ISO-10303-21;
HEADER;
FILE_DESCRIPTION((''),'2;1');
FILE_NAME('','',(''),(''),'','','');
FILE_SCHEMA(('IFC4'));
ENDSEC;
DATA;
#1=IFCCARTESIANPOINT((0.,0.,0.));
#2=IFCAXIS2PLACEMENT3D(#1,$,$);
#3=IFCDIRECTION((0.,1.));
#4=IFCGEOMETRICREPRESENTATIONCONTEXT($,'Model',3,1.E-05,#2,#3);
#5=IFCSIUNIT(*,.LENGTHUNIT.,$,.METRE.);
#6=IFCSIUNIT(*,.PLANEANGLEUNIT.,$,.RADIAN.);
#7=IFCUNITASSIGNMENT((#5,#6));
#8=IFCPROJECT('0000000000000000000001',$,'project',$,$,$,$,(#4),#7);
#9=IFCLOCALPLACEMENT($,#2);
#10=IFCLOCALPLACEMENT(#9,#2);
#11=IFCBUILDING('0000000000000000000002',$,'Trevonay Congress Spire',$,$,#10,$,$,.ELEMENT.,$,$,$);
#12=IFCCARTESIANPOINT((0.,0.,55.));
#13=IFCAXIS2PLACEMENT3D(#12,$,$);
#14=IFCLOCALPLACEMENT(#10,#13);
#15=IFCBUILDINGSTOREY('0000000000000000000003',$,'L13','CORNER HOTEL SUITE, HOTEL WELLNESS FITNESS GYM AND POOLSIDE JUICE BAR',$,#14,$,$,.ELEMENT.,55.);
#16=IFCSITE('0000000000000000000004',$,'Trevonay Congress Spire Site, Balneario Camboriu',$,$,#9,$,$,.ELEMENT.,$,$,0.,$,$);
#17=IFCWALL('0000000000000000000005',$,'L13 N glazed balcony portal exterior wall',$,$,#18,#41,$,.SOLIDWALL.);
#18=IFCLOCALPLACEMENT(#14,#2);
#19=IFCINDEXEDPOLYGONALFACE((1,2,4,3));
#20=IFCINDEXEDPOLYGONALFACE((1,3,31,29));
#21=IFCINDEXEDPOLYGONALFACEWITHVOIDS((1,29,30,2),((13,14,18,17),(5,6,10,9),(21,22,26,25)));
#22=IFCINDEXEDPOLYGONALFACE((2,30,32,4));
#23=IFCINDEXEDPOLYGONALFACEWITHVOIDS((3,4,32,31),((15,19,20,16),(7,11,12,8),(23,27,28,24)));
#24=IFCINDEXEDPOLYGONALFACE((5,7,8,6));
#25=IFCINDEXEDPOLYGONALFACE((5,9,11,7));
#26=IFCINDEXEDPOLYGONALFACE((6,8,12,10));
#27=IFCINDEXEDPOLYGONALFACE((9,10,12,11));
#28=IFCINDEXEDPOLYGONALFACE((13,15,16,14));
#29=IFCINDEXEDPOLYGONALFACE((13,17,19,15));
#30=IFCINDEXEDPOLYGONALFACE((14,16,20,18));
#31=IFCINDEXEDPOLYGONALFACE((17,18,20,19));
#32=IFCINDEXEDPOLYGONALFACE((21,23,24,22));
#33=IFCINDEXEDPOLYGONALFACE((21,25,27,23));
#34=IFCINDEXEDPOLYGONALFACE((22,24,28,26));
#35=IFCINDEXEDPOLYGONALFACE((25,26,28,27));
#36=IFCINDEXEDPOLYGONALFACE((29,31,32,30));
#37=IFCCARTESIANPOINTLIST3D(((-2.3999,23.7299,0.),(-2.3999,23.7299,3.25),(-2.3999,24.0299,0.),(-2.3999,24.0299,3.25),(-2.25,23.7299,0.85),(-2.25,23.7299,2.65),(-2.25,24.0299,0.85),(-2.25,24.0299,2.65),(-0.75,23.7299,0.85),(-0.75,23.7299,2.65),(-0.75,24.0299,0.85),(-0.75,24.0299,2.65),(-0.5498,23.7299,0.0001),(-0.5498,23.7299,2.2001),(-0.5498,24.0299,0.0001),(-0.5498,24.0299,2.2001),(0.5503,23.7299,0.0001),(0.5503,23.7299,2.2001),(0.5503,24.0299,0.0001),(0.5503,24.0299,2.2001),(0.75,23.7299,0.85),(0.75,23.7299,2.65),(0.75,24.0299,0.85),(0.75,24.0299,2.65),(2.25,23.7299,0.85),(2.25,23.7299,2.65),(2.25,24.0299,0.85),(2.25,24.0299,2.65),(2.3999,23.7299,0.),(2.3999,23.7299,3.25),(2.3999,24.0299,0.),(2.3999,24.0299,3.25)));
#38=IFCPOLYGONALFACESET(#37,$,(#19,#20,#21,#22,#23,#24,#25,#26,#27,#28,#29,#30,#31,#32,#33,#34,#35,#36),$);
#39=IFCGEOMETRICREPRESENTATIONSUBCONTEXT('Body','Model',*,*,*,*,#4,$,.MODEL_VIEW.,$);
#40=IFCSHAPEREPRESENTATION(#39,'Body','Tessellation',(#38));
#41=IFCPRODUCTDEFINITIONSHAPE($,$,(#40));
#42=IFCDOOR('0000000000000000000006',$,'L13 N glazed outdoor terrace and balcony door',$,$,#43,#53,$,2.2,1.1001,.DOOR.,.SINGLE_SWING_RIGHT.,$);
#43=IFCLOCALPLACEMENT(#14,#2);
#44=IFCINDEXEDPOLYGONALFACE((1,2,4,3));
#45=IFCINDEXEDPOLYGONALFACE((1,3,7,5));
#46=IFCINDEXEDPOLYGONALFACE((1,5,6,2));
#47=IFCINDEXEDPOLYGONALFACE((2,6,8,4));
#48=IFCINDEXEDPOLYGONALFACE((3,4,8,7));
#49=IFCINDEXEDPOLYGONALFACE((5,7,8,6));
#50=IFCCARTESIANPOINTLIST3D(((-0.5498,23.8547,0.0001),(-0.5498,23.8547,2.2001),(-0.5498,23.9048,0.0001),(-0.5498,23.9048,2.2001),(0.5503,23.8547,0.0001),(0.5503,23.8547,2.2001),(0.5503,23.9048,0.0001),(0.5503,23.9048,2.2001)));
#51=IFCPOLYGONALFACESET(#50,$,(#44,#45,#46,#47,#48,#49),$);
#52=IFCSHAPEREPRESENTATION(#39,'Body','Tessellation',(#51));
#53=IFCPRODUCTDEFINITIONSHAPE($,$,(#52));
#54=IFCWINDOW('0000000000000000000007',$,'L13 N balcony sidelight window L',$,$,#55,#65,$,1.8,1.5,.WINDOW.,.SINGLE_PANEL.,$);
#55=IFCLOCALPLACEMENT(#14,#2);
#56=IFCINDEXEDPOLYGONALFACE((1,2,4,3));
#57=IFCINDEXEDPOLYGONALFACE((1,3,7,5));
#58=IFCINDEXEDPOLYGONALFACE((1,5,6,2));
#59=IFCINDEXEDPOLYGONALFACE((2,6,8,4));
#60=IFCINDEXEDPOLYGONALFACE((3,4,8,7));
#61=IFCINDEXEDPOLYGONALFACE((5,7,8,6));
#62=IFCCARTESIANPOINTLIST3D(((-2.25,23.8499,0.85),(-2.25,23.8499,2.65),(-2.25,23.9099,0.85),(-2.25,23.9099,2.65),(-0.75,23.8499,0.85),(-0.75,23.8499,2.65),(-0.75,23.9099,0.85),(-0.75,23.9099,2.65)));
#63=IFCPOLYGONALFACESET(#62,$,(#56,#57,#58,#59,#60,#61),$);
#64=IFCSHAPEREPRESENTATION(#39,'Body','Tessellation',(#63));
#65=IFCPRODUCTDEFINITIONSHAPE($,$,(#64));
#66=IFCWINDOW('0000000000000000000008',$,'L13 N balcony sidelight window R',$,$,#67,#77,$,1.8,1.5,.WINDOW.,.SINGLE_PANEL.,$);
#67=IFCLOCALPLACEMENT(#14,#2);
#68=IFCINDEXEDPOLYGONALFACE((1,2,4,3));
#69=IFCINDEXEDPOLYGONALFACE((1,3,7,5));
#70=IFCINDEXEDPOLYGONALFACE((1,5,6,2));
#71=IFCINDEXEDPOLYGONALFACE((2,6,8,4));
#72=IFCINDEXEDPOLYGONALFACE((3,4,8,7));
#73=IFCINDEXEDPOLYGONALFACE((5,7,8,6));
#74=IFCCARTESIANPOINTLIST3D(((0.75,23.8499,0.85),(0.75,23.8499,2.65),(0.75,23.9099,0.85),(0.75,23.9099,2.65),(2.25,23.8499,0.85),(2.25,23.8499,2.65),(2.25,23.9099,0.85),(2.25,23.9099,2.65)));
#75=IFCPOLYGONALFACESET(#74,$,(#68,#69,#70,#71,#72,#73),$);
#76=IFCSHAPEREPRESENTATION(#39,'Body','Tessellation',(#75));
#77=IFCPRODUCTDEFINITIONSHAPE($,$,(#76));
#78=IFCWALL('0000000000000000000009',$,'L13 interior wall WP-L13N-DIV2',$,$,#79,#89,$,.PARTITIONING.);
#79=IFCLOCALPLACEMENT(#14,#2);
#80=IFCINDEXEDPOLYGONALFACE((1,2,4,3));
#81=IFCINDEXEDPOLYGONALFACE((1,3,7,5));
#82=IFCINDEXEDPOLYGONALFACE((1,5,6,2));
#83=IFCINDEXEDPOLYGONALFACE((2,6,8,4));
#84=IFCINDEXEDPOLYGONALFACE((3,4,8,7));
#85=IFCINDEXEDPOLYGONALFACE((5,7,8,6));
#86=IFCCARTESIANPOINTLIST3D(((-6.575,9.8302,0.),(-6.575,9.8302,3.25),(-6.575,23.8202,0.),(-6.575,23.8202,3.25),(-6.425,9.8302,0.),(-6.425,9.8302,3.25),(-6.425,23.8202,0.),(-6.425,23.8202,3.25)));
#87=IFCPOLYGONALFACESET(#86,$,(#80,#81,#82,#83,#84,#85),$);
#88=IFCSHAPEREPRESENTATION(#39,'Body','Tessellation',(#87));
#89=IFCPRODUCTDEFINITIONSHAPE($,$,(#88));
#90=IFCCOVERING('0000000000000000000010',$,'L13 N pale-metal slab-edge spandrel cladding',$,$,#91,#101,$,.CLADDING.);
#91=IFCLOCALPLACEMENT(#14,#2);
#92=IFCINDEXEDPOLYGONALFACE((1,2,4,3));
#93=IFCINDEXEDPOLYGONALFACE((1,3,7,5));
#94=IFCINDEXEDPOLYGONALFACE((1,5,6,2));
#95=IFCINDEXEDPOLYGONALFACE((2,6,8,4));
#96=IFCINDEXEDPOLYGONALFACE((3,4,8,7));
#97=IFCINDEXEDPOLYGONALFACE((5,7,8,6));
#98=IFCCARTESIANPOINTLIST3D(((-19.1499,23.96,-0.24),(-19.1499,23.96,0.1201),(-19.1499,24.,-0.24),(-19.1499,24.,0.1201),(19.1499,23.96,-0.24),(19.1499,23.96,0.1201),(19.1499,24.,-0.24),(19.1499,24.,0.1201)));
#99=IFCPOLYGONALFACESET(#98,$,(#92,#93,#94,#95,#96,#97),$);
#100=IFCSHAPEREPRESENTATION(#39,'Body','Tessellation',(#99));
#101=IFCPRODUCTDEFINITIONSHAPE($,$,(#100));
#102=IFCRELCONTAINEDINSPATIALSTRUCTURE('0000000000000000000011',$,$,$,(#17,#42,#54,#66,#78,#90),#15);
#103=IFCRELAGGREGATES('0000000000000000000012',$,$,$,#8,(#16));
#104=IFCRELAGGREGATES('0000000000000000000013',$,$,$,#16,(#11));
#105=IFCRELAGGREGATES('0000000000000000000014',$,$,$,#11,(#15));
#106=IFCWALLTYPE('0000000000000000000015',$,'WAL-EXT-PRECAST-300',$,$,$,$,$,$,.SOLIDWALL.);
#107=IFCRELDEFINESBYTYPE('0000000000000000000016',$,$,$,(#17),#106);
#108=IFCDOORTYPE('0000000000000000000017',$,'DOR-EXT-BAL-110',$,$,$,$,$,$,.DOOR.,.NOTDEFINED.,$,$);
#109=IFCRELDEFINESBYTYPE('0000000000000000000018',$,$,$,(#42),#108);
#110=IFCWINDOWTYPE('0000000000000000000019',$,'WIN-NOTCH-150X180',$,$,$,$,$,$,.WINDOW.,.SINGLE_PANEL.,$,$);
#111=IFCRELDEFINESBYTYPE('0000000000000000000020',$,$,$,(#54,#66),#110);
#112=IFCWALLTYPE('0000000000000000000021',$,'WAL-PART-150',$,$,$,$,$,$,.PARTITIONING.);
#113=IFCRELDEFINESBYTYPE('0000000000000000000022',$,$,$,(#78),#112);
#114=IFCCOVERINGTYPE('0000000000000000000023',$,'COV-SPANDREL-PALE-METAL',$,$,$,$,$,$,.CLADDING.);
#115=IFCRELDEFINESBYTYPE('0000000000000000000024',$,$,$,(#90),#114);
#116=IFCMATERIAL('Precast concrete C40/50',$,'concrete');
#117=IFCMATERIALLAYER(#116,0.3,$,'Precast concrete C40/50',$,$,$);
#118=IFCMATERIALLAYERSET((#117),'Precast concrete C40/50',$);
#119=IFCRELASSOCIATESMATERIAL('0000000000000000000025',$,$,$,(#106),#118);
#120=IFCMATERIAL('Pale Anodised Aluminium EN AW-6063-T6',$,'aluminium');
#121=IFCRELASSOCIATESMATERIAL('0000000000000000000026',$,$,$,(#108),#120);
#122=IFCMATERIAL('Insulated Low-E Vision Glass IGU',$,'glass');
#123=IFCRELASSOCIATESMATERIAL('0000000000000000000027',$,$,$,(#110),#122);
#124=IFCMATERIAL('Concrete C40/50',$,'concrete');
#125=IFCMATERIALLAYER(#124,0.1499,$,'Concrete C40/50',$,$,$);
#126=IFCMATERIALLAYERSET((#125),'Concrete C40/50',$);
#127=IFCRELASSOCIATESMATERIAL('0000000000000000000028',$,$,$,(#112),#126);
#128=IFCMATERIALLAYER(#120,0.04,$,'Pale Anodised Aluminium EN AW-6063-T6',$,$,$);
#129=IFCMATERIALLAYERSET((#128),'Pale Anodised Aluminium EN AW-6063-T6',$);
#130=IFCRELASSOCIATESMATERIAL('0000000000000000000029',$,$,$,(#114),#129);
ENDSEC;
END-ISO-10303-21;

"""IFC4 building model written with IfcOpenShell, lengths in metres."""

from ifc_helpers import new_model, si_unit, direction, frame, frame_2d, origin, place, context, subcontext, project, spatial, rectangle, extrude, material, layer, layer_set, type_object, element, fill, save


model = new_model("IFC4")

# Units and contexts
model_context = context("Model", 3, precision=1e-05, world=origin(), true_north=direction((0.0, 1.0)))
body_context = subcontext(model_context, "Body", "Model", "MODEL_VIEW")
ifc_project = project(units=[si_unit("LENGTHUNIT", "METRE"), si_unit("PLANEANGLEUNIT", "RADIAN")], contexts=[model_context])

# Site, building, storey
site_placement = place(None, origin())
site = spatial("IfcSite", under=ifc_project, at=site_placement, Name="Trevonay Congress Spire Site, Balneario Camboriu", CompositionType="ELEMENT", RefElevation=0.0)
building_placement = place(site_placement, origin())
building = spatial("IfcBuilding", under=site, at=building_placement, Name="Trevonay Congress Spire", CompositionType="ELEMENT")
storey_placement = place(building_placement, frame((0.0, 0.0, 55.0)))
storey = spatial("IfcBuildingStorey", under=building, at=storey_placement, Name="L13", Description="CORNER HOTEL SUITE, HOTEL WELLNESS FITNESS GYM AND POOLSIDE JUICE BAR", CompositionType="ELEMENT", Elevation=55.0)

# Shared definitions
ifc_material_1 = material(Name="Pale Anodised Aluminium EN AW-6063-T6", Category="aluminium")
ifc_material_2 = material(Name="Insulated Low-E Vision Glass IGU", Category="glass")

# Wall, openings, door, windows
ifc_material_3 = material(Name="Precast concrete C40/50", Category="concrete")
ifc_layer_1 = layer(ifc_material_3, 0.3, Name="Precast concrete C40/50")
ifc_layer_set_1 = layer_set([ifc_layer_1], Name="Precast concrete C40/50")
wall_type_1 = type_object("IfcWallType", Name="WAL-EXT-PRECAST-300", PredefinedType="SOLIDWALL", material=ifc_layer_set_1)
wall_1_placement = place(storey_placement, frame((-2.3999, 23.8799, 0.0), z_axis=(0.0, 0.0, 1.0), x_axis=(1.0, 0.0, 0.0)))
wall_1 = element("IfcWall", 1, at=wall_1_placement, inside=storey, type_object=wall_type_1, Name="L13 N glazed balcony portal exterior wall", PredefinedType="SOLIDWALL", context=body_context, shape_type="SweptSolid", body=[
    extrude(rectangle(XDim=4.7998, YDim=0.3, at=frame_2d((2.3999, 0.0))), origin(), (0.0, 0.0, 1.0), 3.25),
])
opening_1_placement = place(wall_1_placement, frame((1.8501, 0.0, 0.0)))
opening_1 = element("IfcOpeningElement", 2, at=opening_1_placement, cuts=wall_1, PredefinedType="OPENING", context=body_context, shape_type="SweptSolid", body=[
    extrude(rectangle(XDim=1.1001, YDim=2.2, at=frame_2d((0.55, 1.1001))), frame((0.0, 0.1602, 0.0), z_axis=(0.0, -1.0, 0.0), x_axis=(1.0, 0.0, 0.0)), (0.0, 0.0, 1.0), 0.3201),
])
opening_2_placement = place(wall_1_placement, frame((0.1499, 0.0, 0.8501)))
opening_2 = element("IfcOpeningElement", 3, at=opening_2_placement, cuts=wall_1, PredefinedType="OPENING", context=body_context, shape_type="SweptSolid", body=[
    extrude(rectangle(XDim=1.5, YDim=1.8, at=frame_2d((0.75, 0.8999))), frame((0.0, 0.1602, 0.0), z_axis=(0.0, -1.0, 0.0), x_axis=(1.0, 0.0, 0.0)), (0.0, 0.0, 1.0), 0.3201),
])
opening_3_placement = place(wall_1_placement, frame((3.1499, 0.0, 0.8501)))
opening_3 = element("IfcOpeningElement", 4, at=opening_3_placement, cuts=wall_1, PredefinedType="OPENING", context=body_context, shape_type="SweptSolid", body=[
    extrude(rectangle(XDim=1.5, YDim=1.8, at=frame_2d((0.75, 0.8999))), frame((0.0, 0.1602, 0.0), z_axis=(0.0, -1.0, 0.0), x_axis=(1.0, 0.0, 0.0)), (0.0, 0.0, 1.0), 0.3201),
])
door_type = type_object("IfcDoorType", Name="DOR-EXT-BAL-110", OperationType="NOTDEFINED", PredefinedType="DOOR", material=ifc_material_1)
door_placement = place(opening_1_placement, origin())
door = element("IfcDoor", 5, at=door_placement, inside=storey, type_object=door_type, Name="L13 N glazed outdoor terrace and balcony door", OperationType="SINGLE_SWING_RIGHT", OverallHeight=2.2, OverallWidth=1.1001, PredefinedType="DOOR", context=body_context, shape_type="SweptSolid", body=[
    extrude(rectangle(XDim=1.1001, YDim=2.2, at=frame_2d((0.55, 1.1001))), frame((0.0, 0.0249, 0.0), z_axis=(0.0, -1.0, 0.0), x_axis=(1.0, 0.0, 0.0)), (0.0, 0.0, 1.0), 0.05),
])
fill(opening_1, door)
window_type = type_object("IfcWindowType", Name="WIN-NOTCH-150X180", PartitioningType="SINGLE_PANEL", PredefinedType="WINDOW", material=ifc_material_2)
window_1_placement = place(opening_2_placement, origin())
window_1 = element("IfcWindow", 6, at=window_1_placement, inside=storey, type_object=window_type, Name="L13 N balcony sidelight window L", OverallHeight=1.8, OverallWidth=1.5, PartitioningType="SINGLE_PANEL", PredefinedType="WINDOW", context=body_context, shape_type="SweptSolid", body=[
    extrude(rectangle(XDim=1.5, YDim=1.8, at=frame_2d((0.75, 0.8999))), frame((0.0, 0.03, 0.0), z_axis=(0.0, -1.0, 0.0), x_axis=(1.0, 0.0, 0.0)), (0.0, 0.0, 1.0), 0.0601),
])
fill(opening_2, window_1)
window_2_placement = place(opening_3_placement, origin())
window_2 = element("IfcWindow", 7, at=window_2_placement, inside=storey, type_object=window_type, Name="L13 N balcony sidelight window R", OverallHeight=1.8, OverallWidth=1.5, PartitioningType="SINGLE_PANEL", PredefinedType="WINDOW", context=body_context, shape_type="SweptSolid", body=[
    extrude(rectangle(XDim=1.5, YDim=1.8, at=frame_2d((0.75, 0.8999))), frame((0.0, 0.03, 0.0), z_axis=(0.0, -1.0, 0.0), x_axis=(1.0, 0.0, 0.0)), (0.0, 0.0, 1.0), 0.0601),
])
fill(opening_3, window_2)

# Wall
ifc_material_4 = material(Name="Concrete C40/50", Category="concrete")
ifc_layer_2 = layer(ifc_material_4, 0.1499, Name="Concrete C40/50")
ifc_layer_set_2 = layer_set([ifc_layer_2], Name="Concrete C40/50")
wall_type_2 = type_object("IfcWallType", Name="WAL-PART-150", PredefinedType="PARTITIONING", material=ifc_layer_set_2)
wall_2_placement = place(storey_placement, frame((-6.5, 9.8301, 0.0), z_axis=(0.0, 0.0, 1.0), x_axis=(0.0, 1.0, 0.0)))
element("IfcWall", 8, at=wall_2_placement, inside=storey, type_object=wall_type_2, Name="L13 interior wall WP-L13N-DIV2", PredefinedType="PARTITIONING", context=body_context, shape_type="SweptSolid", body=[
    extrude(rectangle(XDim=13.99, YDim=0.1499, at=frame_2d((6.9951, 0.0))), origin(), (0.0, 0.0, 1.0), 3.25),
])

# Covering
ifc_layer_3 = layer(ifc_material_1, 0.04, Name="Pale Anodised Aluminium EN AW-6063-T6")
ifc_layer_set_3 = layer_set([ifc_layer_3], Name="Pale Anodised Aluminium EN AW-6063-T6")
covering_type = type_object("IfcCoveringType", Name="COV-SPANDREL-PALE-METAL", PredefinedType="CLADDING", material=ifc_layer_set_3)
covering_placement = place(storey_placement, frame((-19.1499, 23.98, -0.24), z_axis=(0.0, 0.0, 1.0), x_axis=(1.0, 0.0, 0.0)))
element("IfcCovering", 9, at=covering_placement, inside=storey, type_object=covering_type, Name="L13 N pale-metal slab-edge spandrel cladding", PredefinedType="CLADDING", context=body_context, shape_type="SweptSolid", body=[
    extrude(rectangle(XDim=38.2998, YDim=0.04, at=frame_2d((19.1499, 0.0))), origin(), (0.0, 0.0, 1.0), 0.3601),
])

save(model, "model.ifc")
